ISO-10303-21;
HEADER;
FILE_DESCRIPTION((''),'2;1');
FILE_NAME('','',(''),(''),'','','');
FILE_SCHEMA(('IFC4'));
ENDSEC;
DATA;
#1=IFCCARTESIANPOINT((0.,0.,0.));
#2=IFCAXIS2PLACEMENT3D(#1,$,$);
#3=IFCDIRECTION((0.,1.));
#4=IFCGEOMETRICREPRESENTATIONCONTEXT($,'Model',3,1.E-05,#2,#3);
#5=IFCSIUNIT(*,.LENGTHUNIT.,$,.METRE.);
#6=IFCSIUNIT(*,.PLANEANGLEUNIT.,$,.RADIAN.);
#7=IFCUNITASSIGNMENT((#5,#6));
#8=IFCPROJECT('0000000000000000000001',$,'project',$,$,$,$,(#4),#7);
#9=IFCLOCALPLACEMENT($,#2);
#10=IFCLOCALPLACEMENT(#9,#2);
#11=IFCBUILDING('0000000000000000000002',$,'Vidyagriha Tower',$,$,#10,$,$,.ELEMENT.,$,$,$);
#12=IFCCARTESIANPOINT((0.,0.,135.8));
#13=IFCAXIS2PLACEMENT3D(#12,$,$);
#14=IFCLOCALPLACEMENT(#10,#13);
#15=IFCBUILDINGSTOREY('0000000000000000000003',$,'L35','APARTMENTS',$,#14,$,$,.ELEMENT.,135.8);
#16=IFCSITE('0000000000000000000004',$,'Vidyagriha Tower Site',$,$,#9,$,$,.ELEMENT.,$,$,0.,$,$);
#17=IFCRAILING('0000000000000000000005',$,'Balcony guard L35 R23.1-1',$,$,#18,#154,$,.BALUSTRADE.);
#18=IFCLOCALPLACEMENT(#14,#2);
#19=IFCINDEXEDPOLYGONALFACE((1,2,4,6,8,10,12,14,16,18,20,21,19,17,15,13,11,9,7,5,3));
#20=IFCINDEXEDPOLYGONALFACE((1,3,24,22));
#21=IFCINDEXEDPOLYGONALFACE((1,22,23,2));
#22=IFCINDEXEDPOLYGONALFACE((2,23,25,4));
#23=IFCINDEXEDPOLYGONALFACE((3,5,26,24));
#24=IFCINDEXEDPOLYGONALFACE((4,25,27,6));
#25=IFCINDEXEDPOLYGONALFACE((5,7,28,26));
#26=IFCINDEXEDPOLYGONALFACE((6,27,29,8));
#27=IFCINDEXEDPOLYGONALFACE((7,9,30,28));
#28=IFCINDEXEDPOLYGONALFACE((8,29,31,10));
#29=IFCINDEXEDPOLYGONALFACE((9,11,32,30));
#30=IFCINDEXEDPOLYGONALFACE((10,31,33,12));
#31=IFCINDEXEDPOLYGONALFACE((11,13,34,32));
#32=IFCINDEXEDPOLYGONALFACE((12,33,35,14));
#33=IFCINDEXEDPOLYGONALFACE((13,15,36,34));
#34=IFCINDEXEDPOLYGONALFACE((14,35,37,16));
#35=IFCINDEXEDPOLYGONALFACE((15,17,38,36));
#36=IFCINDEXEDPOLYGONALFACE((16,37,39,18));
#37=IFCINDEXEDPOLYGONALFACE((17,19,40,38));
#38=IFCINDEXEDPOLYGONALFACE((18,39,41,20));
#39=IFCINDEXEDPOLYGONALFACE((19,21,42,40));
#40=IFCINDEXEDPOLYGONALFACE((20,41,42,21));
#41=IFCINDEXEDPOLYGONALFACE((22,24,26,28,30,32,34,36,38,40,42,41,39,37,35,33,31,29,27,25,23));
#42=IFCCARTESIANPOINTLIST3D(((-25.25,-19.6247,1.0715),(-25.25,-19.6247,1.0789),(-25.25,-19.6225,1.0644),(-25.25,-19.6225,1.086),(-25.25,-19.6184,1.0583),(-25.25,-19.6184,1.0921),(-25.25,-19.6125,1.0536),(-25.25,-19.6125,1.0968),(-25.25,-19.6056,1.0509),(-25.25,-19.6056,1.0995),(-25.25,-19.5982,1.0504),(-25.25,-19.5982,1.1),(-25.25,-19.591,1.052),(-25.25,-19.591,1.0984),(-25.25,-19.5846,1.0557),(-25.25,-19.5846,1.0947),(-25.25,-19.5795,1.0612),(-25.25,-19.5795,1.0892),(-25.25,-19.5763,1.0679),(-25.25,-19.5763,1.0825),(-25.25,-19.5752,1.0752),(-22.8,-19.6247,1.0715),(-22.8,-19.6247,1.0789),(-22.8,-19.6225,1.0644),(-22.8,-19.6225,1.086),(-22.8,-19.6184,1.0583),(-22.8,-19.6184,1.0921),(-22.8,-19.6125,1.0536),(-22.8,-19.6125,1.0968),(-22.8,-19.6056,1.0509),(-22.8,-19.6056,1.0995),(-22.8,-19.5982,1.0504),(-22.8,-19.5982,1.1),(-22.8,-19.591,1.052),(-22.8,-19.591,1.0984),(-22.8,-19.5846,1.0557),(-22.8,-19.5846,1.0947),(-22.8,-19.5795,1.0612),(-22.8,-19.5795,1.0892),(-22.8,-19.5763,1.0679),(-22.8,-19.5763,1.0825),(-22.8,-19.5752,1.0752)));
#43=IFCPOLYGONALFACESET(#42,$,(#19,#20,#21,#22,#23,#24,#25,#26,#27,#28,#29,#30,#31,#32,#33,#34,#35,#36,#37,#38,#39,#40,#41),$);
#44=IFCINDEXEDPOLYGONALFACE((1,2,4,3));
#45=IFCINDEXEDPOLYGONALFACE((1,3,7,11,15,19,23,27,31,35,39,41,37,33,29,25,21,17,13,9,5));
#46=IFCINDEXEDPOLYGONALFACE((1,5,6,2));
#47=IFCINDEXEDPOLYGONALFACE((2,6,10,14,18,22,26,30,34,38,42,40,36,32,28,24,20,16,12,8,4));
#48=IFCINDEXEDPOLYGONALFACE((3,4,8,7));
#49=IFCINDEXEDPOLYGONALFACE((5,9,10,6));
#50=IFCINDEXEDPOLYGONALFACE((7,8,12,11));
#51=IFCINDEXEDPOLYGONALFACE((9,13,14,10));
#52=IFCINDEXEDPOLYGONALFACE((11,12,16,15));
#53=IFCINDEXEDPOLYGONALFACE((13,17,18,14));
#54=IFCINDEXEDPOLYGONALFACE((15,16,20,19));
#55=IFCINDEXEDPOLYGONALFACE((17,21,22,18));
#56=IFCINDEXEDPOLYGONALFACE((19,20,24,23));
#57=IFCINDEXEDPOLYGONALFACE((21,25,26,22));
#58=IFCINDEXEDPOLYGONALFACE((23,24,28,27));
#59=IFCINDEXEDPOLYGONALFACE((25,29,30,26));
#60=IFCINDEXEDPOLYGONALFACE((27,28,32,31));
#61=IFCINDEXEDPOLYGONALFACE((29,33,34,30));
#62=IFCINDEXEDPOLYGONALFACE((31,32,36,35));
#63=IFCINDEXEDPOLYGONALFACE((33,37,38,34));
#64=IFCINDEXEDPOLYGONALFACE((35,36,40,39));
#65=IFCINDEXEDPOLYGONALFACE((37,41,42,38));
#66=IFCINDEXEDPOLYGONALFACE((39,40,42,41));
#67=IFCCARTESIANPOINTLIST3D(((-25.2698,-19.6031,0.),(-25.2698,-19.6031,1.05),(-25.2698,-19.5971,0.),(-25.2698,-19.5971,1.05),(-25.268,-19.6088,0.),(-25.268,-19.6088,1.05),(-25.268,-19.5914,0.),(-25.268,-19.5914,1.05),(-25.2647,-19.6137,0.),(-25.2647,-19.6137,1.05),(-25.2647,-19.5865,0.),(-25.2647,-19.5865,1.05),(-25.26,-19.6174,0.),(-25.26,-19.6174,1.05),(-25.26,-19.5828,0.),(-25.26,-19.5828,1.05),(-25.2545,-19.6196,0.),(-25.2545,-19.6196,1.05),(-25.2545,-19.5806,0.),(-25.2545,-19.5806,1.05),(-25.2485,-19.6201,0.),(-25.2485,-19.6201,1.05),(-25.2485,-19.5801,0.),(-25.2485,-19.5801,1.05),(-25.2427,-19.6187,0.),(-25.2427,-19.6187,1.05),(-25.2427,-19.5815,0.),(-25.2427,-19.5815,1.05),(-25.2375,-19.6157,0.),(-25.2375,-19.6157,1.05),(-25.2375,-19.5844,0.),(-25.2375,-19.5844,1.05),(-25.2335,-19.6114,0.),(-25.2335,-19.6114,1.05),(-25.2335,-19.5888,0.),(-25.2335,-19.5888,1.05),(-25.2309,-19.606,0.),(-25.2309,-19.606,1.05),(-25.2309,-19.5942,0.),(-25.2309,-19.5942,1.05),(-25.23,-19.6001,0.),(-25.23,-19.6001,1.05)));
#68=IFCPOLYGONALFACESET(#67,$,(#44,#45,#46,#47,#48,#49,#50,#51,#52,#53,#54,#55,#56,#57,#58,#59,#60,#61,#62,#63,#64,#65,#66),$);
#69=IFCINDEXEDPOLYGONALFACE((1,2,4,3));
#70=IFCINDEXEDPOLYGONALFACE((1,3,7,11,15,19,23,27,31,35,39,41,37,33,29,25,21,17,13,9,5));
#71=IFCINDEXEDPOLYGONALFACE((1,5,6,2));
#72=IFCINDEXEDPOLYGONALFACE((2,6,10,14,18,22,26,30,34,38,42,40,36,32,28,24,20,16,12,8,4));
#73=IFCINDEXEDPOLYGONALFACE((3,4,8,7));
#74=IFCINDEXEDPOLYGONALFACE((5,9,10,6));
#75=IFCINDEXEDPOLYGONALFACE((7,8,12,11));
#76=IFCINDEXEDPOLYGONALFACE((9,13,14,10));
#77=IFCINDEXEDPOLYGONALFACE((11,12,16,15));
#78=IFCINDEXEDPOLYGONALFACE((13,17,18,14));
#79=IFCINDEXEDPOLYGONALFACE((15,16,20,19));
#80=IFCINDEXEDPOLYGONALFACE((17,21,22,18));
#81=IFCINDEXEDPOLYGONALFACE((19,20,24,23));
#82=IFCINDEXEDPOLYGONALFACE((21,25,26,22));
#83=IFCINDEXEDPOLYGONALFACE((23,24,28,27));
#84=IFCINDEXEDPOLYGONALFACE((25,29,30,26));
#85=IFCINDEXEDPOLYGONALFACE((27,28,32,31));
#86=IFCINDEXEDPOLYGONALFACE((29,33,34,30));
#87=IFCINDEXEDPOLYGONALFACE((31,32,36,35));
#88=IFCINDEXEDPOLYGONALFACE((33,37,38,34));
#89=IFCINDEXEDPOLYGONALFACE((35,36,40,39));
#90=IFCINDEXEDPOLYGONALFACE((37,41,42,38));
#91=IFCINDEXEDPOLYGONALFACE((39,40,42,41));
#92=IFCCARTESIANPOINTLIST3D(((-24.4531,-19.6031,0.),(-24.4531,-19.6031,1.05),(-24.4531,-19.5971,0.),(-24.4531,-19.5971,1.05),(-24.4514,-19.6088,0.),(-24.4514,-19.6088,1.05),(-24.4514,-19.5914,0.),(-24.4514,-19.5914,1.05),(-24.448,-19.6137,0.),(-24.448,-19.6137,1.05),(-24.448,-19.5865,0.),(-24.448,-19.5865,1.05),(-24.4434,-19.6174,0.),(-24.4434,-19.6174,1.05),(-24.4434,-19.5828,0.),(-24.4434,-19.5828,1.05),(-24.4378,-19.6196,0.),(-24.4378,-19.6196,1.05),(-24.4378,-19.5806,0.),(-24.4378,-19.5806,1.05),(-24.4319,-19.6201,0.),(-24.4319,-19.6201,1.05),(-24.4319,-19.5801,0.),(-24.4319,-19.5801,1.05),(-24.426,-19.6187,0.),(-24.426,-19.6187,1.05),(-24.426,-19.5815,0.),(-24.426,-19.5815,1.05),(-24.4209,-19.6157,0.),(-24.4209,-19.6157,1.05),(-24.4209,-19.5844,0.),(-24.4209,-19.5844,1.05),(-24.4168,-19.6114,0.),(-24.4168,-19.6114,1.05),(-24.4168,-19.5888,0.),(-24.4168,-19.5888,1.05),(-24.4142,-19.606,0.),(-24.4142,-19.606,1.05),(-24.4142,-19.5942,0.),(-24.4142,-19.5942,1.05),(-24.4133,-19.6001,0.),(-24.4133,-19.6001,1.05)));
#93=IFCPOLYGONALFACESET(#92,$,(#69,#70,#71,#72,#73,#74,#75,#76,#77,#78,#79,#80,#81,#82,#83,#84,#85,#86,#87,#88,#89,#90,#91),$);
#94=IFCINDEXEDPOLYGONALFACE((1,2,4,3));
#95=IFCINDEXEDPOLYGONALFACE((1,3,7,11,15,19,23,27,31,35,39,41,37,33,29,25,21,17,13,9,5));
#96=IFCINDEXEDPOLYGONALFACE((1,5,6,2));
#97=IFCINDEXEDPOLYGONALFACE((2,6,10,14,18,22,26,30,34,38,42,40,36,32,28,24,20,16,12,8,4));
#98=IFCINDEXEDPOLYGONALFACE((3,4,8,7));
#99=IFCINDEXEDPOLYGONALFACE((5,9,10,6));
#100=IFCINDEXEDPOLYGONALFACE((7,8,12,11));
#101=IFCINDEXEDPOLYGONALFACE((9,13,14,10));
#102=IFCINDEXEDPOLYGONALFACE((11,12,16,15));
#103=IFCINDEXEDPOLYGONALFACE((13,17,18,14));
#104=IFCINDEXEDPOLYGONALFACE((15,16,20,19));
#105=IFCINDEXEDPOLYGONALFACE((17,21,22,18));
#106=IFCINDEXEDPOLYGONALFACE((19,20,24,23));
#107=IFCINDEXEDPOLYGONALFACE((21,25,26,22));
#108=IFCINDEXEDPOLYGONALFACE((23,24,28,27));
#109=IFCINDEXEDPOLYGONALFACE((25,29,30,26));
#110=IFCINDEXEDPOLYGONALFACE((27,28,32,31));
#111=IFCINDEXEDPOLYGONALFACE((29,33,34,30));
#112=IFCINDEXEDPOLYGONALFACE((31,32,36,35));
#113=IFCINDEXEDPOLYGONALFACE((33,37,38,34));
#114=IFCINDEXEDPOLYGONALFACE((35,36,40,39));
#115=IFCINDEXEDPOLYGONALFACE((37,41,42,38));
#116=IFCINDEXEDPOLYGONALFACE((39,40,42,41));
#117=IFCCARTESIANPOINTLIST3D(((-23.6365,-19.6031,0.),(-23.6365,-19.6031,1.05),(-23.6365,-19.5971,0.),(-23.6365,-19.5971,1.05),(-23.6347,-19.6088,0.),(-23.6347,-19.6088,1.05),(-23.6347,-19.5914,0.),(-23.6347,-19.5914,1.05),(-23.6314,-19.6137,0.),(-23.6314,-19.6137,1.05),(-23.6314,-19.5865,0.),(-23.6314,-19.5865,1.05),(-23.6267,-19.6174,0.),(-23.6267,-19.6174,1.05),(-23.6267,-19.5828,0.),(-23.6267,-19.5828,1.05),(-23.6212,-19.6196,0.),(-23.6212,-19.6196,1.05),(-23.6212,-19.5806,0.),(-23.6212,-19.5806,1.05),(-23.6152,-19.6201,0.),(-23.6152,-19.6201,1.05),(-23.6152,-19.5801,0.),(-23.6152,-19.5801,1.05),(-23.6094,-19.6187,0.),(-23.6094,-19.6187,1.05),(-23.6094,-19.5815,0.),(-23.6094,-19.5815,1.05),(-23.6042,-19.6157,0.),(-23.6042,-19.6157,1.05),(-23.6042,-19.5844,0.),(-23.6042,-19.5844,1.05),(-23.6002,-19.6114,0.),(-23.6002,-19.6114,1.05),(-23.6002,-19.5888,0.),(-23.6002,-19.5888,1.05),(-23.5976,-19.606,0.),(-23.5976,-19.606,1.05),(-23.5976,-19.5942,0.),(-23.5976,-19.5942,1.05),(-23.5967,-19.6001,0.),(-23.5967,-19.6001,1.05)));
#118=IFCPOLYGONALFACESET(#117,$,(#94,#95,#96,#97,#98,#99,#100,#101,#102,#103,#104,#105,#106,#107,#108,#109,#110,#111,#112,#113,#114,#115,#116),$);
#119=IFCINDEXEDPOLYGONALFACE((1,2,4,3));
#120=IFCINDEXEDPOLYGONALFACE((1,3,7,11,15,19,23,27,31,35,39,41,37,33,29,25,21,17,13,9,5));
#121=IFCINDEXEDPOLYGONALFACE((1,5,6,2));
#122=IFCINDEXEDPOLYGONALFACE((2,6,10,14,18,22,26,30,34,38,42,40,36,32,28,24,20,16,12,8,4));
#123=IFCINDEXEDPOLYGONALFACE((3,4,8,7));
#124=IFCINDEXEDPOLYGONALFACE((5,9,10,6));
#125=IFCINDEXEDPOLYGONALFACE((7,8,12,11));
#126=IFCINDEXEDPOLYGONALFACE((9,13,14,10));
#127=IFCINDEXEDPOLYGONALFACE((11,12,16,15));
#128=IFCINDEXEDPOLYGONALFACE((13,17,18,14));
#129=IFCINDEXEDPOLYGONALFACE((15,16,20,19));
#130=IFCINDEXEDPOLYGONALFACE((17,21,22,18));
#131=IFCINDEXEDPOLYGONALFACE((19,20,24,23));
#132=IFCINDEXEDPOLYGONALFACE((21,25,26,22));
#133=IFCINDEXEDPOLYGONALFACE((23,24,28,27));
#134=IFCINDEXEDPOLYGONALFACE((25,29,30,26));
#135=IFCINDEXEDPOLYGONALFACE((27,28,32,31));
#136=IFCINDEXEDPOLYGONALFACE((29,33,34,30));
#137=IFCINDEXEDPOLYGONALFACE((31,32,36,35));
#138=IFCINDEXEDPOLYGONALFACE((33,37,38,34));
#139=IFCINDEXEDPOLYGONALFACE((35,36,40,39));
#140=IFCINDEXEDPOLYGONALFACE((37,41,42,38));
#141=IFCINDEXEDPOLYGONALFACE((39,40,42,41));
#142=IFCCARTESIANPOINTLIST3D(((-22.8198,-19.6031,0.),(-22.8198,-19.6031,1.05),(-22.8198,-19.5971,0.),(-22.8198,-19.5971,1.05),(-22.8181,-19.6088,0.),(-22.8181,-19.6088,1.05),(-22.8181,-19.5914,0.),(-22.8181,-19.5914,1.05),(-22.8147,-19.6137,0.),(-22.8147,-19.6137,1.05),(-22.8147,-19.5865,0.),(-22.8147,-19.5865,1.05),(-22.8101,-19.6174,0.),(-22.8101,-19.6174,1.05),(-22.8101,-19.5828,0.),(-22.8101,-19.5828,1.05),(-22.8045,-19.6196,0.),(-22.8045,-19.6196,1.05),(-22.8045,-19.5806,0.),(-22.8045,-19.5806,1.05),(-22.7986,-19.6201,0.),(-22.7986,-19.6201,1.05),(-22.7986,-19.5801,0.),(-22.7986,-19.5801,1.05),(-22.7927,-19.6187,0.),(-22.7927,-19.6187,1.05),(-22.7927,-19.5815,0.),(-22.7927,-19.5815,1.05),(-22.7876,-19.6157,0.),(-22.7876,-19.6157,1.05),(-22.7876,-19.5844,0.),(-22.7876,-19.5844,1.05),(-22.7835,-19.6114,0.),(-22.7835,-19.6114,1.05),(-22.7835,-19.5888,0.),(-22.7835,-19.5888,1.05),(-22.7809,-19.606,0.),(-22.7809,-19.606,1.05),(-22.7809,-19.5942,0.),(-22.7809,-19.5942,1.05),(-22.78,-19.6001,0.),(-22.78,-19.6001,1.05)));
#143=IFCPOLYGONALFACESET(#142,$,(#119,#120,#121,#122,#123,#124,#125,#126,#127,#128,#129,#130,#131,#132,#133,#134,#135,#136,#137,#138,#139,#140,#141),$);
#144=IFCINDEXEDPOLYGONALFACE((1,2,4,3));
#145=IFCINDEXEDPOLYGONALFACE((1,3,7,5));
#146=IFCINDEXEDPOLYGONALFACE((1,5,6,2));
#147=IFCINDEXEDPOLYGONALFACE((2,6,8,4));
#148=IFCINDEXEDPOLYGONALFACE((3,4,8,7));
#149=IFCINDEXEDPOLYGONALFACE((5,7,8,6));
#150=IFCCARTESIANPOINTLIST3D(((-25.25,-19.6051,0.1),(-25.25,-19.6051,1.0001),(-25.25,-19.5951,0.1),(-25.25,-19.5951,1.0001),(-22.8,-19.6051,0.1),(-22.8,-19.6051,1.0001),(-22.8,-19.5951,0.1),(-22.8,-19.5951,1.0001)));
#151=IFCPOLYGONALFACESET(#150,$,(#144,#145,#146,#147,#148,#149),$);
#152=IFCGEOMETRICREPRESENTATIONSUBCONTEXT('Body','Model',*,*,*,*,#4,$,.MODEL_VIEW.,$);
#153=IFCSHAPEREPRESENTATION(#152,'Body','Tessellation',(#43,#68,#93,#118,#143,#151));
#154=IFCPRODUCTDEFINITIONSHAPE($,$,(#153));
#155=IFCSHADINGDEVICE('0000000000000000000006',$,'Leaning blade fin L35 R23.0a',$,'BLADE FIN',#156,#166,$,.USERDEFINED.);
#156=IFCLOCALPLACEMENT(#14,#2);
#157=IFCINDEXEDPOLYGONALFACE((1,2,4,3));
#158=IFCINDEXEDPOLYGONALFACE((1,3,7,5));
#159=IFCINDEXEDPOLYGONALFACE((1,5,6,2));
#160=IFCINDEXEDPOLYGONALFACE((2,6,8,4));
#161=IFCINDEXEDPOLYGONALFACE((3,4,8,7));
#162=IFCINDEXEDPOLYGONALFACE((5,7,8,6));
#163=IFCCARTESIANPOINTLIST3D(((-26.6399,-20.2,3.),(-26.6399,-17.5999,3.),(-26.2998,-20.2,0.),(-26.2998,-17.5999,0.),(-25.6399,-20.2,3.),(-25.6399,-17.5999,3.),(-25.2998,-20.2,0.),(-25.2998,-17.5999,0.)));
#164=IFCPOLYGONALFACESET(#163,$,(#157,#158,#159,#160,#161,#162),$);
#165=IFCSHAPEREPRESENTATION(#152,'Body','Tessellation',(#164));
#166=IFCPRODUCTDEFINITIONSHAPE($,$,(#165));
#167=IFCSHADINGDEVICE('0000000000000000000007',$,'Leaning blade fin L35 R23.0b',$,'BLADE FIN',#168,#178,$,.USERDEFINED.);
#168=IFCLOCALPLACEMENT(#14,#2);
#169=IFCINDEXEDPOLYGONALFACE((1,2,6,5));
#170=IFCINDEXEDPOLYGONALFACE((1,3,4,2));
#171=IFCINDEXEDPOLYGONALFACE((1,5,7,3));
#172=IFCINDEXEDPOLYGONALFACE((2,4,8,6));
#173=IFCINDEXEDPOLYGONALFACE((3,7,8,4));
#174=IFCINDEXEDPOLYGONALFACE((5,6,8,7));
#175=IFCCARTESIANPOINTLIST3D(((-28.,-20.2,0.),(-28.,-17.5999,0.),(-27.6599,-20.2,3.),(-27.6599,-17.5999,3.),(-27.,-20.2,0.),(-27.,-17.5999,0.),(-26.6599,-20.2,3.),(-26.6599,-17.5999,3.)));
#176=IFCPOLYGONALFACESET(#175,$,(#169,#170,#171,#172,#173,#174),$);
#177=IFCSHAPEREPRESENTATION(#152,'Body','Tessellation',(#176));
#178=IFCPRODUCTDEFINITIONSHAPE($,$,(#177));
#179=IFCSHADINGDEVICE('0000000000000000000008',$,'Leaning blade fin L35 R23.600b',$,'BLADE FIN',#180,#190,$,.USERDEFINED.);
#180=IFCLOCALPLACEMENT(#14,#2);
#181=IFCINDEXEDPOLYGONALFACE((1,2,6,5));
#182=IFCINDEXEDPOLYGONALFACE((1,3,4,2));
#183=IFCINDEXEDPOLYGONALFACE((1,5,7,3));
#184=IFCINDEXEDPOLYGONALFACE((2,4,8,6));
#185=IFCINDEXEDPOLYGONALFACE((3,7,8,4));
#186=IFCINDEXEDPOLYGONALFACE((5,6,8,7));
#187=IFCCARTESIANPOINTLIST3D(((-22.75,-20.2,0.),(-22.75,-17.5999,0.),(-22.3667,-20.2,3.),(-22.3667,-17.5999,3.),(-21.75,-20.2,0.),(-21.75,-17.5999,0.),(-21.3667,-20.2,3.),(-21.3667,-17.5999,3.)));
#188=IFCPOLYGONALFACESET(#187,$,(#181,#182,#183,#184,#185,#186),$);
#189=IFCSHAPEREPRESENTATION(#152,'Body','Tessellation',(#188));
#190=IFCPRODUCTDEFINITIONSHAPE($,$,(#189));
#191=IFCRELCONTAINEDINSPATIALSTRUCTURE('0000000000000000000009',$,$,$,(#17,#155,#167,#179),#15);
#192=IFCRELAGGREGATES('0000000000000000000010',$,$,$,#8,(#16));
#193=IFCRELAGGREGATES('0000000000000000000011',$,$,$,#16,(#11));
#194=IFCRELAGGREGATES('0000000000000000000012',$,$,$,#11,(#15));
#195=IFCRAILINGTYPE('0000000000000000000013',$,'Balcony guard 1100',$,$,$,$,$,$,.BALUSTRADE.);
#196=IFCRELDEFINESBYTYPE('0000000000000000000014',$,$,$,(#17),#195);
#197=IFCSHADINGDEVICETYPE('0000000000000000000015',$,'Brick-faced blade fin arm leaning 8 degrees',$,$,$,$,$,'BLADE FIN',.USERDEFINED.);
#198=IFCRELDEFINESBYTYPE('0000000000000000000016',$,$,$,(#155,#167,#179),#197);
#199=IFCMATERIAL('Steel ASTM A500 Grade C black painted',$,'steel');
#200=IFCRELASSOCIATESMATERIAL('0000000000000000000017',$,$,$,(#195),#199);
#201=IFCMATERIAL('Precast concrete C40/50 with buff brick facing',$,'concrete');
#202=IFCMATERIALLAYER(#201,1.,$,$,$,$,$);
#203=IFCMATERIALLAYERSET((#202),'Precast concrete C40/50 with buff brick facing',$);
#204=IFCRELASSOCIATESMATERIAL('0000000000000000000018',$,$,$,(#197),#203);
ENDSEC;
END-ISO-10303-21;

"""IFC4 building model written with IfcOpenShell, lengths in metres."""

from ifc_helpers import new_model, si_unit, direction, frame, origin, origin_2d, place, context, subcontext, project, spatial, polyline, rectangle, circle, outline, extrude, material, layer, layer_set, type_object, element, save


model = new_model("IFC4")

# Units and contexts
model_context = context("Model", 3, precision=1e-05, world=origin(), true_north=direction((0.0, 1.0)))
body_context = subcontext(model_context, "Body", "Model", "MODEL_VIEW")
ifc_project = project(units=[si_unit("LENGTHUNIT", "METRE"), si_unit("PLANEANGLEUNIT", "RADIAN")], contexts=[model_context])

# Site, building, storey
site_placement = place(None, origin())
site = spatial("IfcSite", under=ifc_project, at=site_placement, Name="Vidyagriha Tower Site", CompositionType="ELEMENT", RefElevation=0.0)
building_placement = place(site_placement, origin())
building = spatial("IfcBuilding", under=site, at=building_placement, Name="Vidyagriha Tower", CompositionType="ELEMENT")
storey_placement = place(building_placement, frame((0.0, 0.0, 135.8)))
storey = spatial("IfcBuildingStorey", under=building, at=storey_placement, Name="L35", Description="APARTMENTS", CompositionType="ELEMENT", Elevation=135.8)

# Railing
ifc_material_1 = material(Name="Steel ASTM A500 Grade C black painted", Category="steel")
railing_type_1 = type_object("IfcRailingType", Name="Balcony guard 1100", PredefinedType="BALUSTRADE", material=ifc_material_1)
railing_1_placement = place(storey_placement, frame((-25.25, -19.6001, 0.0)))
element("IfcRailing", 1, at=railing_1_placement, inside=storey, type_object=railing_type_1, Name="Balcony guard L35 R23.1-1", PredefinedType="BALUSTRADE", context=body_context, shape_type="SweptSolid", body=[
    extrude(circle(Radius=0.0249, at=origin_2d()), frame((0.0, 0.0, 1.0752), z_axis=(1.0, 0.0, 0.0), x_axis=(0.0, 1.0, 0.0)), (0.0, 0.0, 1.0), 2.45),
    extrude(circle(Radius=0.02, at=origin_2d()), origin(), (0.0, 0.0, 1.0), 1.05),
    extrude(circle(Radius=0.02, at=origin_2d()), frame((0.8167, 0.0, 0.0)), (0.0, 0.0, 1.0), 1.05),
    extrude(circle(Radius=0.02, at=origin_2d()), frame((1.6333, 0.0, 0.0)), (0.0, 0.0, 1.0), 1.05),
    extrude(circle(Radius=0.02, at=origin_2d()), frame((2.45, 0.0, 0.0)), (0.0, 0.0, 1.0), 1.05),
    extrude(rectangle(XDim=0.01, YDim=0.9001, at=origin_2d()), frame((0.0, 0.0, 0.55), z_axis=(1.0, 0.0, 0.0), x_axis=(0.0, 1.0, 0.0)), (0.0, 0.0, 1.0), 2.45),
])

# Shading devices
ifc_material_2 = material(Name="Precast concrete C40/50 with buff brick facing", Category="concrete")
ifc_layer_1 = layer(ifc_material_2, 1.0)
ifc_layer_set_1 = layer_set([ifc_layer_1], Name="Precast concrete C40/50 with buff brick facing")
shading_device_type = type_object("IfcShadingDeviceType", Name="Brick-faced blade fin arm leaning 8 degrees", ElementType="BLADE FIN", PredefinedType="USERDEFINED", material=ifc_layer_set_1)
shading_device_1_placement = place(storey_placement, frame((-26.6399, -18.8999, 0.0)))
element("IfcShadingDevice", 2, at=shading_device_1_placement, inside=storey, type_object=shading_device_type, Name="Leaning blade fin L35 R23.0a", ObjectType="BLADE FIN", PredefinedType="USERDEFINED", context=body_context, shape_type="SweptSolid", body=[
    extrude(outline(polyline([(0.3401, 0.0), (1.3401, 0.0), (1.0, 3.0), (0.0, 3.0), (0.3401, 0.0)])), frame((0.0, 1.3, 0.0), z_axis=(0.0, -1.0, 0.0), x_axis=(1.0, 0.0, 0.0)), (0.0, 0.0, 1.0), 2.6001),
])
shading_device_2_placement = place(storey_placement, frame((-28.0, -18.8999, 0.0)))
element("IfcShadingDevice", 3, at=shading_device_2_placement, inside=storey, type_object=shading_device_type, Name="Leaning blade fin L35 R23.0b", ObjectType="BLADE FIN", PredefinedType="USERDEFINED", context=body_context, shape_type="SweptSolid", body=[
    extrude(outline(polyline([(0.0, 0.0), (1.0, 0.0), (1.3401, 3.0), (0.3401, 3.0), (0.0, 0.0)])), frame((0.0, 1.3, 0.0), z_axis=(0.0, -1.0, 0.0), x_axis=(1.0, 0.0, 0.0)), (0.0, 0.0, 1.0), 2.6001),
])
shading_device_3_placement = place(storey_placement, frame((-22.75, -18.8999, 0.0)))
element("IfcShadingDevice", 4, at=shading_device_3_placement, inside=storey, type_object=shading_device_type, Name="Leaning blade fin L35 R23.600b", ObjectType="BLADE FIN", PredefinedType="USERDEFINED", context=body_context, shape_type="SweptSolid", body=[
    extrude(outline(polyline([(0.0, 0.0), (1.0, 0.0), (1.3833, 3.0), (0.3833, 3.0), (0.0, 0.0)])), frame((0.0, 1.3, 0.0), z_axis=(0.0, -1.0, 0.0), x_axis=(1.0, 0.0, 0.0)), (0.0, 0.0, 1.0), 2.6001),
])

save(model, "model.ifc")
